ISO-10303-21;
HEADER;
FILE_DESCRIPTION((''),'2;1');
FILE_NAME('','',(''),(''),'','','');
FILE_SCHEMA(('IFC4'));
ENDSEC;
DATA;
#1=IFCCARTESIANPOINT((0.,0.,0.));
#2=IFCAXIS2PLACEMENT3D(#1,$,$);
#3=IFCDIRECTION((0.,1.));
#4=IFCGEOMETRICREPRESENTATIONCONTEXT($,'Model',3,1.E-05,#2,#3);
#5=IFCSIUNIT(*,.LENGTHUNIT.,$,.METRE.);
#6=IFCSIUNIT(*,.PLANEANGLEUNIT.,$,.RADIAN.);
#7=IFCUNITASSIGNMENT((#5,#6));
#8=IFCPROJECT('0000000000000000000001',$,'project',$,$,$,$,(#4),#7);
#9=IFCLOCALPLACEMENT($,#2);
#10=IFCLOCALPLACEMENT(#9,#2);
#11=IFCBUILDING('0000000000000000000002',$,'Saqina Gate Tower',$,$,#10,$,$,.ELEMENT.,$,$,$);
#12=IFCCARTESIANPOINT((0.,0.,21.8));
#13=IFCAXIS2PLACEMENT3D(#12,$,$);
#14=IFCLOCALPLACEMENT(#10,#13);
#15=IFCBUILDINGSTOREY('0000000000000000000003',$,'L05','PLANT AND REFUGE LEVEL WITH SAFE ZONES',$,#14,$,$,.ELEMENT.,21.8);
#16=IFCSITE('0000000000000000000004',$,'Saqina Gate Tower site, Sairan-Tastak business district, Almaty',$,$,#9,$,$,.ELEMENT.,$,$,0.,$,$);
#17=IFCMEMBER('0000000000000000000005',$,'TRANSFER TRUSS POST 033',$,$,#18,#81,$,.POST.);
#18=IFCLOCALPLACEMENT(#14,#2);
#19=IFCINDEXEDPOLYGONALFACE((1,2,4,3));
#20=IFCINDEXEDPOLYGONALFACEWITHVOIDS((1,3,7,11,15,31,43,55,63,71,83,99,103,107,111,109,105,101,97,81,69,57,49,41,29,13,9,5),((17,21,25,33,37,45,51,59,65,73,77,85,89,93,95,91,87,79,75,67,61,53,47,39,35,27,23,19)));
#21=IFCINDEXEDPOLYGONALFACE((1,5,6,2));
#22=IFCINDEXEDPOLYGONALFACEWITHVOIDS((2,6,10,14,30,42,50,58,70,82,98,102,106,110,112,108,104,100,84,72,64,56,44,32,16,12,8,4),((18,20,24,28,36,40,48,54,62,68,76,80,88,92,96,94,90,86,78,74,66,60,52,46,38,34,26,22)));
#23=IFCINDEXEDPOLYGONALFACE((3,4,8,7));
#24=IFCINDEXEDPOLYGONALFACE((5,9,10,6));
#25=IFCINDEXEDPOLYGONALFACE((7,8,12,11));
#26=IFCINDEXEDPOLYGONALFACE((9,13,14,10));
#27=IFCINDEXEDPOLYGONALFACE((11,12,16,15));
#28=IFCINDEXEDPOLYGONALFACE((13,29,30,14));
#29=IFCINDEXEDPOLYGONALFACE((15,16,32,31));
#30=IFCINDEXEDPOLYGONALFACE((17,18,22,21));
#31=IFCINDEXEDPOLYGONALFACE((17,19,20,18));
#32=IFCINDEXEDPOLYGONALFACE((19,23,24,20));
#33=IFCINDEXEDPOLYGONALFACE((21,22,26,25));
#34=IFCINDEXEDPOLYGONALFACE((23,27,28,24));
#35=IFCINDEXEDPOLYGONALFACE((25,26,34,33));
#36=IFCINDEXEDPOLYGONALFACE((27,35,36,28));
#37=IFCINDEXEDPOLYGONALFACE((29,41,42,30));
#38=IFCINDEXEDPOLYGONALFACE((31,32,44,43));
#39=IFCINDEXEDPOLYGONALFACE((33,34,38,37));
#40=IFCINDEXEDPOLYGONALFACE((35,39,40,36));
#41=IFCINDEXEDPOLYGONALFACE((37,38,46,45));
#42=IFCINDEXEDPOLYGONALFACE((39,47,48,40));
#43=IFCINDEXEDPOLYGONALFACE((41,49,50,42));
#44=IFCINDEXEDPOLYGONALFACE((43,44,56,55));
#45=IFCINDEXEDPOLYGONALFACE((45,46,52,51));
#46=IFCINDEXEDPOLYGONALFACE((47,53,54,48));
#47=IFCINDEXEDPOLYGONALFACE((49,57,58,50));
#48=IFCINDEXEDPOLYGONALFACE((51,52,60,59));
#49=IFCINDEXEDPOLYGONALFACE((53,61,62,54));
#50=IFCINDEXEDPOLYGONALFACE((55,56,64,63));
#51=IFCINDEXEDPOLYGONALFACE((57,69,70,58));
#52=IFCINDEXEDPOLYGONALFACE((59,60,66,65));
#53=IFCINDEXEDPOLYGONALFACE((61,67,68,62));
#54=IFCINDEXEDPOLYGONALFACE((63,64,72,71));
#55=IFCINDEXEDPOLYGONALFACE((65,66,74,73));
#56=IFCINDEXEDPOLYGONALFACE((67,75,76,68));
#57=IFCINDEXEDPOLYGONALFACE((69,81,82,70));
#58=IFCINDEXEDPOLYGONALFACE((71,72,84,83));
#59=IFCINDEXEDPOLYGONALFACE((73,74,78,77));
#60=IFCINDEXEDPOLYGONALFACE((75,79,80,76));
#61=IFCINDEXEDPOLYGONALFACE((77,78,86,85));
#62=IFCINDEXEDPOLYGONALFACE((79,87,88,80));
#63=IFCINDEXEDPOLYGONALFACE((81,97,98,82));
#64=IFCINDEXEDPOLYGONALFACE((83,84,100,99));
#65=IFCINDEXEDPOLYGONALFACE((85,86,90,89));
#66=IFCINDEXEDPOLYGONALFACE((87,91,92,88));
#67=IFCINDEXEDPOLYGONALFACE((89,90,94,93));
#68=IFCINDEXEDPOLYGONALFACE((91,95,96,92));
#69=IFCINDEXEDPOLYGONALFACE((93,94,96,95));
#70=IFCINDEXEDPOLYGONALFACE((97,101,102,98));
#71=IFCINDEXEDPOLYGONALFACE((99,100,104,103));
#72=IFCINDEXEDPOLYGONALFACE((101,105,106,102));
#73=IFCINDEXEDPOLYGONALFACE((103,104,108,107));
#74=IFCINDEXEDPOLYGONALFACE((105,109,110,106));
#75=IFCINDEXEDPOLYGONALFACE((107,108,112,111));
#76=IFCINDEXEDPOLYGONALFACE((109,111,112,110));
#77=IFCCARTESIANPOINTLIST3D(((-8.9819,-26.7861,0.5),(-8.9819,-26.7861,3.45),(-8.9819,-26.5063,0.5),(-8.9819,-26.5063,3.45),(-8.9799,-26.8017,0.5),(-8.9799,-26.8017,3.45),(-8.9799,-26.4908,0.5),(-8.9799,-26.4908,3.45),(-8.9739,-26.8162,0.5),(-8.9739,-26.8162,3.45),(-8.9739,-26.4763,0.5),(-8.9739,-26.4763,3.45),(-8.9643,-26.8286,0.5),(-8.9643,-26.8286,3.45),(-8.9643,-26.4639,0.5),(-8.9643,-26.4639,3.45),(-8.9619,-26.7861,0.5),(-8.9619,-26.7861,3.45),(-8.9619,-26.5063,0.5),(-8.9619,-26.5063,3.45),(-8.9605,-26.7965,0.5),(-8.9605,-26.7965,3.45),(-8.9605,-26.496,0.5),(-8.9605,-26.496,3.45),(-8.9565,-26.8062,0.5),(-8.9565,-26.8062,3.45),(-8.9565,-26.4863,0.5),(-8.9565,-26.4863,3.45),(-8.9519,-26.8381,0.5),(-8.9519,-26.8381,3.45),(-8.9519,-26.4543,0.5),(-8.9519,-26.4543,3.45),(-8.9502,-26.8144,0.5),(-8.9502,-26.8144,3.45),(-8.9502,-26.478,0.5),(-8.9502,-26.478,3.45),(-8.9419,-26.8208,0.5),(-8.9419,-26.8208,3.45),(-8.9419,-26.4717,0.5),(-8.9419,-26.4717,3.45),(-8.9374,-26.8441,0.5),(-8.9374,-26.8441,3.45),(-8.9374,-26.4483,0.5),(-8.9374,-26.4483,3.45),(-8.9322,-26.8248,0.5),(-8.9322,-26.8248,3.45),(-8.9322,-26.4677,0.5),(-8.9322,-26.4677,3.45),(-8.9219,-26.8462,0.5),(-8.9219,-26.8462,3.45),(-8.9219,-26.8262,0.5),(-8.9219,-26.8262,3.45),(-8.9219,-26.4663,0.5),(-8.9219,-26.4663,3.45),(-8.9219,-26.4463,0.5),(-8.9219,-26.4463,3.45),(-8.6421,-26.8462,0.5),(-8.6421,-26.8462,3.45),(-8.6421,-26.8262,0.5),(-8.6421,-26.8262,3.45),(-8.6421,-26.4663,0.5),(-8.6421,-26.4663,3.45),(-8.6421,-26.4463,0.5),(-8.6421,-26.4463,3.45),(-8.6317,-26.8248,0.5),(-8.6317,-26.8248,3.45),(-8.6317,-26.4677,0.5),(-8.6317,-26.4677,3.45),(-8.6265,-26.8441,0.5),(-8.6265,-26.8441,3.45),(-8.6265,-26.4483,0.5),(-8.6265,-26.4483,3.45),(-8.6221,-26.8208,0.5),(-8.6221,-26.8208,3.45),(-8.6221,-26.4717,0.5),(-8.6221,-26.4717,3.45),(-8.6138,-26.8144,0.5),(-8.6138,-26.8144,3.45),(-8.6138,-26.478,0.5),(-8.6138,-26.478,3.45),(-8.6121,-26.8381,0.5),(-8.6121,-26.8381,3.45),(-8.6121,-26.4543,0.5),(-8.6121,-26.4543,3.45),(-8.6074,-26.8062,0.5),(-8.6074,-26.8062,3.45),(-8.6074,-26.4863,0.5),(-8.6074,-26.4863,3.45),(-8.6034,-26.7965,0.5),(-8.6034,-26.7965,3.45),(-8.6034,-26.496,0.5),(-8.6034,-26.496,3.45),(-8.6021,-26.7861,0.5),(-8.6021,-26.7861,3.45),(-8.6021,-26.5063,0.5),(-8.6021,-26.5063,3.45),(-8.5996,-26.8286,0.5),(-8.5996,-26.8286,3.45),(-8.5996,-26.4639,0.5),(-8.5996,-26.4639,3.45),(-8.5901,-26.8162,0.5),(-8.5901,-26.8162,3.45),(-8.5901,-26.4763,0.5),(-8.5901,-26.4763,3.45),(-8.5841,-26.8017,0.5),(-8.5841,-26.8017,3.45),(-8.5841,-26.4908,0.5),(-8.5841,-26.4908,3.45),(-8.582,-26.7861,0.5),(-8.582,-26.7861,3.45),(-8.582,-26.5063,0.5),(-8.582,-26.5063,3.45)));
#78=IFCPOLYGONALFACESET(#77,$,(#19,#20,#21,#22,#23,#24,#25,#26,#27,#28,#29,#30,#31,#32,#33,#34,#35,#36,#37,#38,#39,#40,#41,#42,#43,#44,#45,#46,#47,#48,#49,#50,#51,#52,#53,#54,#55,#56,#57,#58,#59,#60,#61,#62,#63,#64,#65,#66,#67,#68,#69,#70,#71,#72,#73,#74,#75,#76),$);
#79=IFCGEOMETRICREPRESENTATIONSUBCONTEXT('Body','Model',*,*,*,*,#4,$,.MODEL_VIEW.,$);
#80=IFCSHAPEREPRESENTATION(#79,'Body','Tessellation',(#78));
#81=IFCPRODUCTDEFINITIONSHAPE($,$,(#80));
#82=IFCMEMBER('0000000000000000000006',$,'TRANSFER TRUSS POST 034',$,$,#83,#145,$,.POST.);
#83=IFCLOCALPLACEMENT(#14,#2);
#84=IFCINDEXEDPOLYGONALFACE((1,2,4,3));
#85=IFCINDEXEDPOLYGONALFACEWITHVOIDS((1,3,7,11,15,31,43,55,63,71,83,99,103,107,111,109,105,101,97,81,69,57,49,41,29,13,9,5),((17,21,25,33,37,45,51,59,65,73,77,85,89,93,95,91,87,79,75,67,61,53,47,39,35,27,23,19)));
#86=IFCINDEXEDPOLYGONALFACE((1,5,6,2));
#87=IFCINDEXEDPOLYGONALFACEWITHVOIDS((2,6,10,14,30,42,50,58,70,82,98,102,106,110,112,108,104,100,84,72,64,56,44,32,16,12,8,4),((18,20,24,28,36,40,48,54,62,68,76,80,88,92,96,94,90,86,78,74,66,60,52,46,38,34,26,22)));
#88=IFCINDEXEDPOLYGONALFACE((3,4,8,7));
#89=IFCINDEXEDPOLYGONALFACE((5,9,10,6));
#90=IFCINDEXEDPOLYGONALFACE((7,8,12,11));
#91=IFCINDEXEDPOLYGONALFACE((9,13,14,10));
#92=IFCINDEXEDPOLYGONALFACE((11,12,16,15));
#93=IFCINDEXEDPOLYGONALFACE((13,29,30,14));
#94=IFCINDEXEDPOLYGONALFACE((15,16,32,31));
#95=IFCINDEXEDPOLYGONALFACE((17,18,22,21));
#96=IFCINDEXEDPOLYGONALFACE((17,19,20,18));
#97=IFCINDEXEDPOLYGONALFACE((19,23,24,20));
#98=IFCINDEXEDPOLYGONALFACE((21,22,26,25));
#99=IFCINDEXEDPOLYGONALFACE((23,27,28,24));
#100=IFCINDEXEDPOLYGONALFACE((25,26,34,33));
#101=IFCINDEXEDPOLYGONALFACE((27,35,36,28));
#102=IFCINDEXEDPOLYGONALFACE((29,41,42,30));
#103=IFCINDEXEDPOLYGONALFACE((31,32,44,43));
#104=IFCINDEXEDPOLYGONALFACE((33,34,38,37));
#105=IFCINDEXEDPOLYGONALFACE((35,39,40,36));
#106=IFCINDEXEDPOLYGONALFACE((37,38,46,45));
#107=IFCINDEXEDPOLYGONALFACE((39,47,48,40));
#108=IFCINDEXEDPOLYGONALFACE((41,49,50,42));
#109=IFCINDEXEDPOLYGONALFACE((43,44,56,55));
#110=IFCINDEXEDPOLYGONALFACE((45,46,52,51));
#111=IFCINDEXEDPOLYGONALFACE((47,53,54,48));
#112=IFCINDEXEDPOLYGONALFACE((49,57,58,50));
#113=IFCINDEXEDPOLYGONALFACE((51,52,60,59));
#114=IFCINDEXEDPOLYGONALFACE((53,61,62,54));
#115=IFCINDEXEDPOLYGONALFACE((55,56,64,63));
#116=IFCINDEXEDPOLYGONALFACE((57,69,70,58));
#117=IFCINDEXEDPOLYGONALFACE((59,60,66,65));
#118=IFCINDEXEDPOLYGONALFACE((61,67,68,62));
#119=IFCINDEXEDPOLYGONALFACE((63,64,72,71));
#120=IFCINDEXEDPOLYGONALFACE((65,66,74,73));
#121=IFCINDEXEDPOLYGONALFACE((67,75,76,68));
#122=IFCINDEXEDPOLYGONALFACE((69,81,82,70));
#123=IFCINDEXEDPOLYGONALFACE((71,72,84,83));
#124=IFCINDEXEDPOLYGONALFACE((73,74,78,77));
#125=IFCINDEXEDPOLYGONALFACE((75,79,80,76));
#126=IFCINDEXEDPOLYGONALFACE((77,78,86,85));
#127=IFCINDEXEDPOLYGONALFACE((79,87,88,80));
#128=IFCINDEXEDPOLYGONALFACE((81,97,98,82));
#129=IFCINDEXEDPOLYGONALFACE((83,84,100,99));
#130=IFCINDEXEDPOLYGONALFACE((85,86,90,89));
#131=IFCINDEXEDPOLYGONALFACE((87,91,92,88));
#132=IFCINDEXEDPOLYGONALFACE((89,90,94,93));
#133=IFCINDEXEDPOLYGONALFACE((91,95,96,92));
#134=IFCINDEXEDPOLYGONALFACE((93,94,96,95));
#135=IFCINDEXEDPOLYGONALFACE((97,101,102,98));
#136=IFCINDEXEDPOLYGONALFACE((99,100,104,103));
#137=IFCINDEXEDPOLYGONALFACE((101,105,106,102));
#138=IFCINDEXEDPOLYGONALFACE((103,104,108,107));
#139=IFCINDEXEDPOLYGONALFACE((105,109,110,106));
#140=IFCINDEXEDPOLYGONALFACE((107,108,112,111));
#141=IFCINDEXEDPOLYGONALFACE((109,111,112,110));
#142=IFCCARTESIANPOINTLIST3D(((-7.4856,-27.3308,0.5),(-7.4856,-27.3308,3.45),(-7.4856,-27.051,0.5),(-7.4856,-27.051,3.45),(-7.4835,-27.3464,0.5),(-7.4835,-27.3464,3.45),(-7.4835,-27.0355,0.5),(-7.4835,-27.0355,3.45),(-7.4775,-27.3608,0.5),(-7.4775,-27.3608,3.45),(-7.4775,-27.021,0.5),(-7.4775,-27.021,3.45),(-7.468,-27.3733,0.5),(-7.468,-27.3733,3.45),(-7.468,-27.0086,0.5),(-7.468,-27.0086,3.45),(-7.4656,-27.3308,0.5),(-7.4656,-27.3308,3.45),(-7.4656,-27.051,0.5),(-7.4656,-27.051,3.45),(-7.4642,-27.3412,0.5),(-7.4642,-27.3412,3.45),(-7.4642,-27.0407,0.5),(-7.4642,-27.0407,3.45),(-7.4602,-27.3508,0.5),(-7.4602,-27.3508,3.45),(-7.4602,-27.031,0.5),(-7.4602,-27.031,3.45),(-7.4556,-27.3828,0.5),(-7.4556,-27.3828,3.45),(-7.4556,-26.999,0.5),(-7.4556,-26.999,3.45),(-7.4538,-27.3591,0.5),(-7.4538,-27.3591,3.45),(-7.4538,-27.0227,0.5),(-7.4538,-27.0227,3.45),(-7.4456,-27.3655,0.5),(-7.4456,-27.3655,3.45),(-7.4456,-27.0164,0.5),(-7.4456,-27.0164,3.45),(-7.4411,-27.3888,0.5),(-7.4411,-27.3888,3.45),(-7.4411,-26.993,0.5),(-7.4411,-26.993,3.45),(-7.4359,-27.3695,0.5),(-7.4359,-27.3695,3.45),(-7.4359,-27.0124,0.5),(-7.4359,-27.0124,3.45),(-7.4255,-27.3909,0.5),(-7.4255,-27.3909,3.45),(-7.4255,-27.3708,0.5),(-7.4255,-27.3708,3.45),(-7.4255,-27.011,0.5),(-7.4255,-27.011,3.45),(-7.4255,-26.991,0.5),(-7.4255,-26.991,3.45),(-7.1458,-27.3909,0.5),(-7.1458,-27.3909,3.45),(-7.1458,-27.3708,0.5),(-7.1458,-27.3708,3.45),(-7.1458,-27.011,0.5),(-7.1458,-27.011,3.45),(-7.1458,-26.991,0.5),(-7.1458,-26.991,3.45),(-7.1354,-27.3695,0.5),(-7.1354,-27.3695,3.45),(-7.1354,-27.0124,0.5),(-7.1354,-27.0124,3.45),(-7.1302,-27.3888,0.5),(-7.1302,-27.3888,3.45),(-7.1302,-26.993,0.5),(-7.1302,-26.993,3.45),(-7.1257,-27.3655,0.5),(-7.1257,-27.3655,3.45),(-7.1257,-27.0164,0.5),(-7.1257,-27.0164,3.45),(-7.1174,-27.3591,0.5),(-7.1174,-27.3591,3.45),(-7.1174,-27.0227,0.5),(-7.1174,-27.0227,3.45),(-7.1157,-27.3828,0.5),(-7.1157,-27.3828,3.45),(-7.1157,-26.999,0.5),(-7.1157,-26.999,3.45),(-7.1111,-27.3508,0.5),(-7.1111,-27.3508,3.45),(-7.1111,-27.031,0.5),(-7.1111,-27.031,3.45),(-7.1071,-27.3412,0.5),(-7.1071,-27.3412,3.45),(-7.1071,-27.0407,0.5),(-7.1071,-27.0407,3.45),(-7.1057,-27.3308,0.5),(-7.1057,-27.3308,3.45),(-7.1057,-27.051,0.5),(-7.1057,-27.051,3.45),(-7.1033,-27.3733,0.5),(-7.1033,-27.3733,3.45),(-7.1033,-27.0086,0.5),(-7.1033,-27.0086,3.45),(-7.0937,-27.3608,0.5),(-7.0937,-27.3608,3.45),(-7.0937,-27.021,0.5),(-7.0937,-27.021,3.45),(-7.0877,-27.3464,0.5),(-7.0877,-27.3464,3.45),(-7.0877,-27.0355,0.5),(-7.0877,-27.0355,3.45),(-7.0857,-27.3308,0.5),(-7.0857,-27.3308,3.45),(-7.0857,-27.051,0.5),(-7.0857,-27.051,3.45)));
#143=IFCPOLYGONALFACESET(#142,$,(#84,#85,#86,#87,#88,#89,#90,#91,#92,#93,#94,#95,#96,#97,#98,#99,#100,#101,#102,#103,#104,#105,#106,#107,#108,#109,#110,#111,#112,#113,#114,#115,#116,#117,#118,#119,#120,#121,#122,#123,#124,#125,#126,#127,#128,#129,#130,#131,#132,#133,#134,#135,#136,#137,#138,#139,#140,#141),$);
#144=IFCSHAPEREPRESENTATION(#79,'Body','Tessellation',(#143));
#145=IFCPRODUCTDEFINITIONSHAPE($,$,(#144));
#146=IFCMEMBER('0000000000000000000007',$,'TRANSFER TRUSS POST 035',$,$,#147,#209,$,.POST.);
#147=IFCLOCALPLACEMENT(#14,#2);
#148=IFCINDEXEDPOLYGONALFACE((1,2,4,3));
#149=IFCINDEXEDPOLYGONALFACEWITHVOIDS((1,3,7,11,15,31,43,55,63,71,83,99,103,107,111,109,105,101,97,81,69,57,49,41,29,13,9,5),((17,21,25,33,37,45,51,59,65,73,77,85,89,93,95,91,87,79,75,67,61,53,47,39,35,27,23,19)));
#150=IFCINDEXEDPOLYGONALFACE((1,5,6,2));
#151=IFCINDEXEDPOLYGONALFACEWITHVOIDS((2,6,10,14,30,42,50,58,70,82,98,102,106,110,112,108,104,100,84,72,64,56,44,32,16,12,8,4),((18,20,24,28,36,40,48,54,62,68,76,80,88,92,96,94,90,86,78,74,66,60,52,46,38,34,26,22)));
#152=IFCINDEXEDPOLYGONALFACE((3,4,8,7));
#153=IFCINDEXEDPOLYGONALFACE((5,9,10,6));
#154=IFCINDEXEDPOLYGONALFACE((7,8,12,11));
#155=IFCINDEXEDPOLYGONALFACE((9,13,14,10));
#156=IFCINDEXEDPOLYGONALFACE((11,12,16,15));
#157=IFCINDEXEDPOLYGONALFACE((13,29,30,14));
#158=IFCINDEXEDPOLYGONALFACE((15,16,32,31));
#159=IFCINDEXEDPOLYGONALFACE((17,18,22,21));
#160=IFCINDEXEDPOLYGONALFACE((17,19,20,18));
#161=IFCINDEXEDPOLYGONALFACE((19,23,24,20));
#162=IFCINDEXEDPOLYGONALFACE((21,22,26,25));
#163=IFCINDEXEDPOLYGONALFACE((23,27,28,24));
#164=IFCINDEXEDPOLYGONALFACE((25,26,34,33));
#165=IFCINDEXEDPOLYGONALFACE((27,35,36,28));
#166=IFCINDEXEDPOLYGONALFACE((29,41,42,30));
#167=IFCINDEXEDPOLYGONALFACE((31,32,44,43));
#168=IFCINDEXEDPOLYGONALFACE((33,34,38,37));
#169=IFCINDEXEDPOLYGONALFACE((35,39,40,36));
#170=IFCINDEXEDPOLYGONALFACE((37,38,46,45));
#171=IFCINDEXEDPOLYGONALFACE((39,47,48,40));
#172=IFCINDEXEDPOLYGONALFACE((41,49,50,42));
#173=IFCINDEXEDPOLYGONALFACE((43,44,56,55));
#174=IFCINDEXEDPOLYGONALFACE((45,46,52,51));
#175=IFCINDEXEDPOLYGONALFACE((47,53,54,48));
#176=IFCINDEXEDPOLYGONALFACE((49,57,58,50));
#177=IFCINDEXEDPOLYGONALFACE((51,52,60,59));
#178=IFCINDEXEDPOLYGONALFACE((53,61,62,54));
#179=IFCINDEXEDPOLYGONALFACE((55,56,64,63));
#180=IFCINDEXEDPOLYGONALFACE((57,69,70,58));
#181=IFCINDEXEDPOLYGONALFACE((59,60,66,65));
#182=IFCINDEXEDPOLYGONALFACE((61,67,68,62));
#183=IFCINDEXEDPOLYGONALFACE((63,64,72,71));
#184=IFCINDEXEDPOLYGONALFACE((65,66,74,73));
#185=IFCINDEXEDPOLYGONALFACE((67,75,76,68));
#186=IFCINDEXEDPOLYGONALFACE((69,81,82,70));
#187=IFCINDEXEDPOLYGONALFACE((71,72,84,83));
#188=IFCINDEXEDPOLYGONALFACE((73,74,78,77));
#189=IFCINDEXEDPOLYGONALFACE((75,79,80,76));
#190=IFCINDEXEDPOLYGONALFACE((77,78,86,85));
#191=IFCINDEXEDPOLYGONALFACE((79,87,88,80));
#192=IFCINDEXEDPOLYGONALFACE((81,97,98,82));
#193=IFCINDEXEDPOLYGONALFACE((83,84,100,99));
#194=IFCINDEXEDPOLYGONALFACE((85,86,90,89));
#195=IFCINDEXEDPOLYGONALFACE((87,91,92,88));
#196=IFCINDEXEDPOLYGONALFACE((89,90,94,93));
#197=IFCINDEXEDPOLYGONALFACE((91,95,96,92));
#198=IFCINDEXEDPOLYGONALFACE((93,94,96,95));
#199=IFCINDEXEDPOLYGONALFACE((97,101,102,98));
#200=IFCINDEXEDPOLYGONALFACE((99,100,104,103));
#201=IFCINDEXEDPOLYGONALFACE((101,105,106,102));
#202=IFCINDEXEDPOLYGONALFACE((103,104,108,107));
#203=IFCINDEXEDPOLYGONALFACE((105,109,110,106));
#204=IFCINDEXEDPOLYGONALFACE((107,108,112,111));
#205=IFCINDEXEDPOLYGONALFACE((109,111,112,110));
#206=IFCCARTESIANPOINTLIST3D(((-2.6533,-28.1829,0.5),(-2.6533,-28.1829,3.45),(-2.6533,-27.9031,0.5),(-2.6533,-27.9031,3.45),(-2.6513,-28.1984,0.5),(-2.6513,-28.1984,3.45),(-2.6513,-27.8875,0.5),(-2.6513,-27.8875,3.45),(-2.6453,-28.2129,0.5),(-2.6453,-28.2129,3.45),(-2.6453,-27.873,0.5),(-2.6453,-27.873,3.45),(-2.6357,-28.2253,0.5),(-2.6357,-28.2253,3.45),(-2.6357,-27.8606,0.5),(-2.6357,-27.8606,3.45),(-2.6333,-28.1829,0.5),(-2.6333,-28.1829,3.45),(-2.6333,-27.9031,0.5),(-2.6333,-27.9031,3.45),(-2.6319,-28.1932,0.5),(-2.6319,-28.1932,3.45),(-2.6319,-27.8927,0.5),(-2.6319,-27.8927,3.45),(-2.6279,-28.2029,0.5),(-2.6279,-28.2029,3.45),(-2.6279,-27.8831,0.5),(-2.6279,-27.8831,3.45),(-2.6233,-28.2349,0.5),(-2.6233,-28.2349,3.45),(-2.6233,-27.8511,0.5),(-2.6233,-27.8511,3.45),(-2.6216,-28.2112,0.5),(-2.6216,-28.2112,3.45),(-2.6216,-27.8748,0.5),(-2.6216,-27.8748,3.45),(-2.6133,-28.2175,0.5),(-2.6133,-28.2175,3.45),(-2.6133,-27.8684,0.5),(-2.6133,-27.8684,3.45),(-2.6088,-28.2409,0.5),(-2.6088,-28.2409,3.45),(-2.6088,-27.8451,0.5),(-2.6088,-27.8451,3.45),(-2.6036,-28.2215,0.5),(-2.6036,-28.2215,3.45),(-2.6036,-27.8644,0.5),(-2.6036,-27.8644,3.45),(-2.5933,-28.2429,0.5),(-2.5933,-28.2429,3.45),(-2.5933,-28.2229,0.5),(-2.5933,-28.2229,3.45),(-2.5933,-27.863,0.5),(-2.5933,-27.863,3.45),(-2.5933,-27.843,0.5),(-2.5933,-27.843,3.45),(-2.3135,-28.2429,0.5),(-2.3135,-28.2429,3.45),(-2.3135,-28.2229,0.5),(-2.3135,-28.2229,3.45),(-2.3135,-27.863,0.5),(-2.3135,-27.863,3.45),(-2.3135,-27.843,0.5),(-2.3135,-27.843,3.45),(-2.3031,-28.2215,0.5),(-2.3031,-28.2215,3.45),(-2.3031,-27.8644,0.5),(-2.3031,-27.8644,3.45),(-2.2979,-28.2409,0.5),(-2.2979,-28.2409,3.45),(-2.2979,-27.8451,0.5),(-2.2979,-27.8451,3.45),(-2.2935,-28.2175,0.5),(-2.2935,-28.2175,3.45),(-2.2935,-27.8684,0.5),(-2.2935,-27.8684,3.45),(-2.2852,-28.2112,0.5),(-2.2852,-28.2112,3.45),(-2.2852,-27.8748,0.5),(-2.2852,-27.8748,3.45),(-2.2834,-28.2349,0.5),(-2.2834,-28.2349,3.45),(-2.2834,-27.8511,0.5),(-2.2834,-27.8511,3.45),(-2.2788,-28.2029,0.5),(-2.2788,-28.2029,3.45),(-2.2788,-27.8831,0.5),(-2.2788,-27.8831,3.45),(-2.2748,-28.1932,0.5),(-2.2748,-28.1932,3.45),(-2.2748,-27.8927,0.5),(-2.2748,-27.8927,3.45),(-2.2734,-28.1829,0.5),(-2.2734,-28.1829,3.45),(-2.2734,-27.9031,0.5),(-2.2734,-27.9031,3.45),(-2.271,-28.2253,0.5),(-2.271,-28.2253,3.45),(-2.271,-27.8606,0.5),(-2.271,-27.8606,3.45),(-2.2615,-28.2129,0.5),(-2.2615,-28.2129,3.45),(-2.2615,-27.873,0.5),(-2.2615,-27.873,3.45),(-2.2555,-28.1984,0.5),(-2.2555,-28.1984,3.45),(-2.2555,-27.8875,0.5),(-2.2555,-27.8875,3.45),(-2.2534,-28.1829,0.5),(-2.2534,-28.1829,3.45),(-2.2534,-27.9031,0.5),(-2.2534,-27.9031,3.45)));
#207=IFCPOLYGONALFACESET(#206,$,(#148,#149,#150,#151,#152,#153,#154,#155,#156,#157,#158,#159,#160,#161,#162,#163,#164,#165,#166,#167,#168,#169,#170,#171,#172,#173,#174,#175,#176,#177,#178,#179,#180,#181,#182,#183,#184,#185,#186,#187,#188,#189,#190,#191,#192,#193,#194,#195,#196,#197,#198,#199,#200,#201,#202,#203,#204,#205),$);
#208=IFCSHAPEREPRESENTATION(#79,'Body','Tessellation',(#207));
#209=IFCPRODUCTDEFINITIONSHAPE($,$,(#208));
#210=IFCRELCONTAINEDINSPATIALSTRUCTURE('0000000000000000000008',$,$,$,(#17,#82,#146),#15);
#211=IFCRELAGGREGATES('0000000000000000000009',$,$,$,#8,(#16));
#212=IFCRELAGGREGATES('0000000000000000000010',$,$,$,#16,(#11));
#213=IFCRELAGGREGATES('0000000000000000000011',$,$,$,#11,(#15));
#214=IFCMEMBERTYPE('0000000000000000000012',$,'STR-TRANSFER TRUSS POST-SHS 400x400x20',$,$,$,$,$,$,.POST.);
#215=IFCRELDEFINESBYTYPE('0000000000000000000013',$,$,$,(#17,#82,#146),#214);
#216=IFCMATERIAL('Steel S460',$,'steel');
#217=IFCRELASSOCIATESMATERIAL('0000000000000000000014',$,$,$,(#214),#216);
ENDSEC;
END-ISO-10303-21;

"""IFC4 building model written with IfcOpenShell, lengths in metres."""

from ifc_helpers import new_model, si_unit, direction, frame, origin, origin_2d, place, context, subcontext, project, spatial, hollow_rectangle, extrude, material, material_profile, profile_set, type_object, element, save


model = new_model("IFC4")

# Units and contexts
model_context = context("Model", 3, precision=1e-05, world=origin(), true_north=direction((0.0, 1.0)))
body_context = subcontext(model_context, "Body", "Model", "MODEL_VIEW")
ifc_project = project(units=[si_unit("LENGTHUNIT", "METRE"), si_unit("PLANEANGLEUNIT", "RADIAN")], contexts=[model_context])

# Site, building, storey
site_placement = place(None, origin())
site = spatial("IfcSite", under=ifc_project, at=site_placement, Name="Saqina Gate Tower site, Sairan-Tastak business district, Almaty", CompositionType="ELEMENT", RefElevation=0.0)
building_placement = place(site_placement, origin())
building = spatial("IfcBuilding", under=site, at=building_placement, Name="Saqina Gate Tower", CompositionType="ELEMENT")
storey_placement = place(building_placement, frame((0.0, 0.0, 21.8)))
storey = spatial("IfcBuildingStorey", under=building, at=storey_placement, Name="L05", Description="PLANT AND REFUGE LEVEL WITH SAFE ZONES", CompositionType="ELEMENT", Elevation=21.8)

# Members
ifc_material_1 = material(Name="Steel S460", Category="steel")
ifc_material_profile_1 = material_profile(ifc_material_1, hollow_rectangle(XDim=0.3999, YDim=0.3999, WallThickness=0.02, InnerFilletRadius=0.04, OuterFilletRadius=0.0601, at=origin_2d()), Name="SHS 400x400x20")
ifc_profile_set_1 = profile_set([ifc_material_profile_1], Name="Steel S460")
member_type_1 = type_object("IfcMemberType", Name="STR-TRANSFER TRUSS POST-SHS 400x400x20", PredefinedType="POST", material=ifc_profile_set_1)
for number, where, z_axis, x_axis, name in (
    (1, (-8.782, -26.6462, 0.5), (0.0, 0.0, 1.0), (1.0, 0.0, 0.0), "TRANSFER TRUSS POST 033"),
    (2, (-7.2856, -27.1909, 0.5), (0.0, 0.0, 1.0), (1.0, 0.0, 0.0), "TRANSFER TRUSS POST 034"),
    (3, (-2.4534, -28.043, 0.5), (0.0, 0.0, 1.0), (1.0, 0.0, 0.0), "TRANSFER TRUSS POST 035"),
):
    element("IfcMember", number, at=place(storey_placement, frame(where, z_axis=z_axis, x_axis=x_axis)), inside=storey, type_object=member_type_1, Name=name, PredefinedType="POST", context=body_context, shape_type="SweptSolid", body=[
        extrude(hollow_rectangle(XDim=0.3999, YDim=0.3999, WallThickness=0.02, InnerFilletRadius=0.04, OuterFilletRadius=0.0601, at=origin_2d()), origin(), (0.0, 0.0, 1.0), 2.95),
    ])

save(model, "model.ifc")
